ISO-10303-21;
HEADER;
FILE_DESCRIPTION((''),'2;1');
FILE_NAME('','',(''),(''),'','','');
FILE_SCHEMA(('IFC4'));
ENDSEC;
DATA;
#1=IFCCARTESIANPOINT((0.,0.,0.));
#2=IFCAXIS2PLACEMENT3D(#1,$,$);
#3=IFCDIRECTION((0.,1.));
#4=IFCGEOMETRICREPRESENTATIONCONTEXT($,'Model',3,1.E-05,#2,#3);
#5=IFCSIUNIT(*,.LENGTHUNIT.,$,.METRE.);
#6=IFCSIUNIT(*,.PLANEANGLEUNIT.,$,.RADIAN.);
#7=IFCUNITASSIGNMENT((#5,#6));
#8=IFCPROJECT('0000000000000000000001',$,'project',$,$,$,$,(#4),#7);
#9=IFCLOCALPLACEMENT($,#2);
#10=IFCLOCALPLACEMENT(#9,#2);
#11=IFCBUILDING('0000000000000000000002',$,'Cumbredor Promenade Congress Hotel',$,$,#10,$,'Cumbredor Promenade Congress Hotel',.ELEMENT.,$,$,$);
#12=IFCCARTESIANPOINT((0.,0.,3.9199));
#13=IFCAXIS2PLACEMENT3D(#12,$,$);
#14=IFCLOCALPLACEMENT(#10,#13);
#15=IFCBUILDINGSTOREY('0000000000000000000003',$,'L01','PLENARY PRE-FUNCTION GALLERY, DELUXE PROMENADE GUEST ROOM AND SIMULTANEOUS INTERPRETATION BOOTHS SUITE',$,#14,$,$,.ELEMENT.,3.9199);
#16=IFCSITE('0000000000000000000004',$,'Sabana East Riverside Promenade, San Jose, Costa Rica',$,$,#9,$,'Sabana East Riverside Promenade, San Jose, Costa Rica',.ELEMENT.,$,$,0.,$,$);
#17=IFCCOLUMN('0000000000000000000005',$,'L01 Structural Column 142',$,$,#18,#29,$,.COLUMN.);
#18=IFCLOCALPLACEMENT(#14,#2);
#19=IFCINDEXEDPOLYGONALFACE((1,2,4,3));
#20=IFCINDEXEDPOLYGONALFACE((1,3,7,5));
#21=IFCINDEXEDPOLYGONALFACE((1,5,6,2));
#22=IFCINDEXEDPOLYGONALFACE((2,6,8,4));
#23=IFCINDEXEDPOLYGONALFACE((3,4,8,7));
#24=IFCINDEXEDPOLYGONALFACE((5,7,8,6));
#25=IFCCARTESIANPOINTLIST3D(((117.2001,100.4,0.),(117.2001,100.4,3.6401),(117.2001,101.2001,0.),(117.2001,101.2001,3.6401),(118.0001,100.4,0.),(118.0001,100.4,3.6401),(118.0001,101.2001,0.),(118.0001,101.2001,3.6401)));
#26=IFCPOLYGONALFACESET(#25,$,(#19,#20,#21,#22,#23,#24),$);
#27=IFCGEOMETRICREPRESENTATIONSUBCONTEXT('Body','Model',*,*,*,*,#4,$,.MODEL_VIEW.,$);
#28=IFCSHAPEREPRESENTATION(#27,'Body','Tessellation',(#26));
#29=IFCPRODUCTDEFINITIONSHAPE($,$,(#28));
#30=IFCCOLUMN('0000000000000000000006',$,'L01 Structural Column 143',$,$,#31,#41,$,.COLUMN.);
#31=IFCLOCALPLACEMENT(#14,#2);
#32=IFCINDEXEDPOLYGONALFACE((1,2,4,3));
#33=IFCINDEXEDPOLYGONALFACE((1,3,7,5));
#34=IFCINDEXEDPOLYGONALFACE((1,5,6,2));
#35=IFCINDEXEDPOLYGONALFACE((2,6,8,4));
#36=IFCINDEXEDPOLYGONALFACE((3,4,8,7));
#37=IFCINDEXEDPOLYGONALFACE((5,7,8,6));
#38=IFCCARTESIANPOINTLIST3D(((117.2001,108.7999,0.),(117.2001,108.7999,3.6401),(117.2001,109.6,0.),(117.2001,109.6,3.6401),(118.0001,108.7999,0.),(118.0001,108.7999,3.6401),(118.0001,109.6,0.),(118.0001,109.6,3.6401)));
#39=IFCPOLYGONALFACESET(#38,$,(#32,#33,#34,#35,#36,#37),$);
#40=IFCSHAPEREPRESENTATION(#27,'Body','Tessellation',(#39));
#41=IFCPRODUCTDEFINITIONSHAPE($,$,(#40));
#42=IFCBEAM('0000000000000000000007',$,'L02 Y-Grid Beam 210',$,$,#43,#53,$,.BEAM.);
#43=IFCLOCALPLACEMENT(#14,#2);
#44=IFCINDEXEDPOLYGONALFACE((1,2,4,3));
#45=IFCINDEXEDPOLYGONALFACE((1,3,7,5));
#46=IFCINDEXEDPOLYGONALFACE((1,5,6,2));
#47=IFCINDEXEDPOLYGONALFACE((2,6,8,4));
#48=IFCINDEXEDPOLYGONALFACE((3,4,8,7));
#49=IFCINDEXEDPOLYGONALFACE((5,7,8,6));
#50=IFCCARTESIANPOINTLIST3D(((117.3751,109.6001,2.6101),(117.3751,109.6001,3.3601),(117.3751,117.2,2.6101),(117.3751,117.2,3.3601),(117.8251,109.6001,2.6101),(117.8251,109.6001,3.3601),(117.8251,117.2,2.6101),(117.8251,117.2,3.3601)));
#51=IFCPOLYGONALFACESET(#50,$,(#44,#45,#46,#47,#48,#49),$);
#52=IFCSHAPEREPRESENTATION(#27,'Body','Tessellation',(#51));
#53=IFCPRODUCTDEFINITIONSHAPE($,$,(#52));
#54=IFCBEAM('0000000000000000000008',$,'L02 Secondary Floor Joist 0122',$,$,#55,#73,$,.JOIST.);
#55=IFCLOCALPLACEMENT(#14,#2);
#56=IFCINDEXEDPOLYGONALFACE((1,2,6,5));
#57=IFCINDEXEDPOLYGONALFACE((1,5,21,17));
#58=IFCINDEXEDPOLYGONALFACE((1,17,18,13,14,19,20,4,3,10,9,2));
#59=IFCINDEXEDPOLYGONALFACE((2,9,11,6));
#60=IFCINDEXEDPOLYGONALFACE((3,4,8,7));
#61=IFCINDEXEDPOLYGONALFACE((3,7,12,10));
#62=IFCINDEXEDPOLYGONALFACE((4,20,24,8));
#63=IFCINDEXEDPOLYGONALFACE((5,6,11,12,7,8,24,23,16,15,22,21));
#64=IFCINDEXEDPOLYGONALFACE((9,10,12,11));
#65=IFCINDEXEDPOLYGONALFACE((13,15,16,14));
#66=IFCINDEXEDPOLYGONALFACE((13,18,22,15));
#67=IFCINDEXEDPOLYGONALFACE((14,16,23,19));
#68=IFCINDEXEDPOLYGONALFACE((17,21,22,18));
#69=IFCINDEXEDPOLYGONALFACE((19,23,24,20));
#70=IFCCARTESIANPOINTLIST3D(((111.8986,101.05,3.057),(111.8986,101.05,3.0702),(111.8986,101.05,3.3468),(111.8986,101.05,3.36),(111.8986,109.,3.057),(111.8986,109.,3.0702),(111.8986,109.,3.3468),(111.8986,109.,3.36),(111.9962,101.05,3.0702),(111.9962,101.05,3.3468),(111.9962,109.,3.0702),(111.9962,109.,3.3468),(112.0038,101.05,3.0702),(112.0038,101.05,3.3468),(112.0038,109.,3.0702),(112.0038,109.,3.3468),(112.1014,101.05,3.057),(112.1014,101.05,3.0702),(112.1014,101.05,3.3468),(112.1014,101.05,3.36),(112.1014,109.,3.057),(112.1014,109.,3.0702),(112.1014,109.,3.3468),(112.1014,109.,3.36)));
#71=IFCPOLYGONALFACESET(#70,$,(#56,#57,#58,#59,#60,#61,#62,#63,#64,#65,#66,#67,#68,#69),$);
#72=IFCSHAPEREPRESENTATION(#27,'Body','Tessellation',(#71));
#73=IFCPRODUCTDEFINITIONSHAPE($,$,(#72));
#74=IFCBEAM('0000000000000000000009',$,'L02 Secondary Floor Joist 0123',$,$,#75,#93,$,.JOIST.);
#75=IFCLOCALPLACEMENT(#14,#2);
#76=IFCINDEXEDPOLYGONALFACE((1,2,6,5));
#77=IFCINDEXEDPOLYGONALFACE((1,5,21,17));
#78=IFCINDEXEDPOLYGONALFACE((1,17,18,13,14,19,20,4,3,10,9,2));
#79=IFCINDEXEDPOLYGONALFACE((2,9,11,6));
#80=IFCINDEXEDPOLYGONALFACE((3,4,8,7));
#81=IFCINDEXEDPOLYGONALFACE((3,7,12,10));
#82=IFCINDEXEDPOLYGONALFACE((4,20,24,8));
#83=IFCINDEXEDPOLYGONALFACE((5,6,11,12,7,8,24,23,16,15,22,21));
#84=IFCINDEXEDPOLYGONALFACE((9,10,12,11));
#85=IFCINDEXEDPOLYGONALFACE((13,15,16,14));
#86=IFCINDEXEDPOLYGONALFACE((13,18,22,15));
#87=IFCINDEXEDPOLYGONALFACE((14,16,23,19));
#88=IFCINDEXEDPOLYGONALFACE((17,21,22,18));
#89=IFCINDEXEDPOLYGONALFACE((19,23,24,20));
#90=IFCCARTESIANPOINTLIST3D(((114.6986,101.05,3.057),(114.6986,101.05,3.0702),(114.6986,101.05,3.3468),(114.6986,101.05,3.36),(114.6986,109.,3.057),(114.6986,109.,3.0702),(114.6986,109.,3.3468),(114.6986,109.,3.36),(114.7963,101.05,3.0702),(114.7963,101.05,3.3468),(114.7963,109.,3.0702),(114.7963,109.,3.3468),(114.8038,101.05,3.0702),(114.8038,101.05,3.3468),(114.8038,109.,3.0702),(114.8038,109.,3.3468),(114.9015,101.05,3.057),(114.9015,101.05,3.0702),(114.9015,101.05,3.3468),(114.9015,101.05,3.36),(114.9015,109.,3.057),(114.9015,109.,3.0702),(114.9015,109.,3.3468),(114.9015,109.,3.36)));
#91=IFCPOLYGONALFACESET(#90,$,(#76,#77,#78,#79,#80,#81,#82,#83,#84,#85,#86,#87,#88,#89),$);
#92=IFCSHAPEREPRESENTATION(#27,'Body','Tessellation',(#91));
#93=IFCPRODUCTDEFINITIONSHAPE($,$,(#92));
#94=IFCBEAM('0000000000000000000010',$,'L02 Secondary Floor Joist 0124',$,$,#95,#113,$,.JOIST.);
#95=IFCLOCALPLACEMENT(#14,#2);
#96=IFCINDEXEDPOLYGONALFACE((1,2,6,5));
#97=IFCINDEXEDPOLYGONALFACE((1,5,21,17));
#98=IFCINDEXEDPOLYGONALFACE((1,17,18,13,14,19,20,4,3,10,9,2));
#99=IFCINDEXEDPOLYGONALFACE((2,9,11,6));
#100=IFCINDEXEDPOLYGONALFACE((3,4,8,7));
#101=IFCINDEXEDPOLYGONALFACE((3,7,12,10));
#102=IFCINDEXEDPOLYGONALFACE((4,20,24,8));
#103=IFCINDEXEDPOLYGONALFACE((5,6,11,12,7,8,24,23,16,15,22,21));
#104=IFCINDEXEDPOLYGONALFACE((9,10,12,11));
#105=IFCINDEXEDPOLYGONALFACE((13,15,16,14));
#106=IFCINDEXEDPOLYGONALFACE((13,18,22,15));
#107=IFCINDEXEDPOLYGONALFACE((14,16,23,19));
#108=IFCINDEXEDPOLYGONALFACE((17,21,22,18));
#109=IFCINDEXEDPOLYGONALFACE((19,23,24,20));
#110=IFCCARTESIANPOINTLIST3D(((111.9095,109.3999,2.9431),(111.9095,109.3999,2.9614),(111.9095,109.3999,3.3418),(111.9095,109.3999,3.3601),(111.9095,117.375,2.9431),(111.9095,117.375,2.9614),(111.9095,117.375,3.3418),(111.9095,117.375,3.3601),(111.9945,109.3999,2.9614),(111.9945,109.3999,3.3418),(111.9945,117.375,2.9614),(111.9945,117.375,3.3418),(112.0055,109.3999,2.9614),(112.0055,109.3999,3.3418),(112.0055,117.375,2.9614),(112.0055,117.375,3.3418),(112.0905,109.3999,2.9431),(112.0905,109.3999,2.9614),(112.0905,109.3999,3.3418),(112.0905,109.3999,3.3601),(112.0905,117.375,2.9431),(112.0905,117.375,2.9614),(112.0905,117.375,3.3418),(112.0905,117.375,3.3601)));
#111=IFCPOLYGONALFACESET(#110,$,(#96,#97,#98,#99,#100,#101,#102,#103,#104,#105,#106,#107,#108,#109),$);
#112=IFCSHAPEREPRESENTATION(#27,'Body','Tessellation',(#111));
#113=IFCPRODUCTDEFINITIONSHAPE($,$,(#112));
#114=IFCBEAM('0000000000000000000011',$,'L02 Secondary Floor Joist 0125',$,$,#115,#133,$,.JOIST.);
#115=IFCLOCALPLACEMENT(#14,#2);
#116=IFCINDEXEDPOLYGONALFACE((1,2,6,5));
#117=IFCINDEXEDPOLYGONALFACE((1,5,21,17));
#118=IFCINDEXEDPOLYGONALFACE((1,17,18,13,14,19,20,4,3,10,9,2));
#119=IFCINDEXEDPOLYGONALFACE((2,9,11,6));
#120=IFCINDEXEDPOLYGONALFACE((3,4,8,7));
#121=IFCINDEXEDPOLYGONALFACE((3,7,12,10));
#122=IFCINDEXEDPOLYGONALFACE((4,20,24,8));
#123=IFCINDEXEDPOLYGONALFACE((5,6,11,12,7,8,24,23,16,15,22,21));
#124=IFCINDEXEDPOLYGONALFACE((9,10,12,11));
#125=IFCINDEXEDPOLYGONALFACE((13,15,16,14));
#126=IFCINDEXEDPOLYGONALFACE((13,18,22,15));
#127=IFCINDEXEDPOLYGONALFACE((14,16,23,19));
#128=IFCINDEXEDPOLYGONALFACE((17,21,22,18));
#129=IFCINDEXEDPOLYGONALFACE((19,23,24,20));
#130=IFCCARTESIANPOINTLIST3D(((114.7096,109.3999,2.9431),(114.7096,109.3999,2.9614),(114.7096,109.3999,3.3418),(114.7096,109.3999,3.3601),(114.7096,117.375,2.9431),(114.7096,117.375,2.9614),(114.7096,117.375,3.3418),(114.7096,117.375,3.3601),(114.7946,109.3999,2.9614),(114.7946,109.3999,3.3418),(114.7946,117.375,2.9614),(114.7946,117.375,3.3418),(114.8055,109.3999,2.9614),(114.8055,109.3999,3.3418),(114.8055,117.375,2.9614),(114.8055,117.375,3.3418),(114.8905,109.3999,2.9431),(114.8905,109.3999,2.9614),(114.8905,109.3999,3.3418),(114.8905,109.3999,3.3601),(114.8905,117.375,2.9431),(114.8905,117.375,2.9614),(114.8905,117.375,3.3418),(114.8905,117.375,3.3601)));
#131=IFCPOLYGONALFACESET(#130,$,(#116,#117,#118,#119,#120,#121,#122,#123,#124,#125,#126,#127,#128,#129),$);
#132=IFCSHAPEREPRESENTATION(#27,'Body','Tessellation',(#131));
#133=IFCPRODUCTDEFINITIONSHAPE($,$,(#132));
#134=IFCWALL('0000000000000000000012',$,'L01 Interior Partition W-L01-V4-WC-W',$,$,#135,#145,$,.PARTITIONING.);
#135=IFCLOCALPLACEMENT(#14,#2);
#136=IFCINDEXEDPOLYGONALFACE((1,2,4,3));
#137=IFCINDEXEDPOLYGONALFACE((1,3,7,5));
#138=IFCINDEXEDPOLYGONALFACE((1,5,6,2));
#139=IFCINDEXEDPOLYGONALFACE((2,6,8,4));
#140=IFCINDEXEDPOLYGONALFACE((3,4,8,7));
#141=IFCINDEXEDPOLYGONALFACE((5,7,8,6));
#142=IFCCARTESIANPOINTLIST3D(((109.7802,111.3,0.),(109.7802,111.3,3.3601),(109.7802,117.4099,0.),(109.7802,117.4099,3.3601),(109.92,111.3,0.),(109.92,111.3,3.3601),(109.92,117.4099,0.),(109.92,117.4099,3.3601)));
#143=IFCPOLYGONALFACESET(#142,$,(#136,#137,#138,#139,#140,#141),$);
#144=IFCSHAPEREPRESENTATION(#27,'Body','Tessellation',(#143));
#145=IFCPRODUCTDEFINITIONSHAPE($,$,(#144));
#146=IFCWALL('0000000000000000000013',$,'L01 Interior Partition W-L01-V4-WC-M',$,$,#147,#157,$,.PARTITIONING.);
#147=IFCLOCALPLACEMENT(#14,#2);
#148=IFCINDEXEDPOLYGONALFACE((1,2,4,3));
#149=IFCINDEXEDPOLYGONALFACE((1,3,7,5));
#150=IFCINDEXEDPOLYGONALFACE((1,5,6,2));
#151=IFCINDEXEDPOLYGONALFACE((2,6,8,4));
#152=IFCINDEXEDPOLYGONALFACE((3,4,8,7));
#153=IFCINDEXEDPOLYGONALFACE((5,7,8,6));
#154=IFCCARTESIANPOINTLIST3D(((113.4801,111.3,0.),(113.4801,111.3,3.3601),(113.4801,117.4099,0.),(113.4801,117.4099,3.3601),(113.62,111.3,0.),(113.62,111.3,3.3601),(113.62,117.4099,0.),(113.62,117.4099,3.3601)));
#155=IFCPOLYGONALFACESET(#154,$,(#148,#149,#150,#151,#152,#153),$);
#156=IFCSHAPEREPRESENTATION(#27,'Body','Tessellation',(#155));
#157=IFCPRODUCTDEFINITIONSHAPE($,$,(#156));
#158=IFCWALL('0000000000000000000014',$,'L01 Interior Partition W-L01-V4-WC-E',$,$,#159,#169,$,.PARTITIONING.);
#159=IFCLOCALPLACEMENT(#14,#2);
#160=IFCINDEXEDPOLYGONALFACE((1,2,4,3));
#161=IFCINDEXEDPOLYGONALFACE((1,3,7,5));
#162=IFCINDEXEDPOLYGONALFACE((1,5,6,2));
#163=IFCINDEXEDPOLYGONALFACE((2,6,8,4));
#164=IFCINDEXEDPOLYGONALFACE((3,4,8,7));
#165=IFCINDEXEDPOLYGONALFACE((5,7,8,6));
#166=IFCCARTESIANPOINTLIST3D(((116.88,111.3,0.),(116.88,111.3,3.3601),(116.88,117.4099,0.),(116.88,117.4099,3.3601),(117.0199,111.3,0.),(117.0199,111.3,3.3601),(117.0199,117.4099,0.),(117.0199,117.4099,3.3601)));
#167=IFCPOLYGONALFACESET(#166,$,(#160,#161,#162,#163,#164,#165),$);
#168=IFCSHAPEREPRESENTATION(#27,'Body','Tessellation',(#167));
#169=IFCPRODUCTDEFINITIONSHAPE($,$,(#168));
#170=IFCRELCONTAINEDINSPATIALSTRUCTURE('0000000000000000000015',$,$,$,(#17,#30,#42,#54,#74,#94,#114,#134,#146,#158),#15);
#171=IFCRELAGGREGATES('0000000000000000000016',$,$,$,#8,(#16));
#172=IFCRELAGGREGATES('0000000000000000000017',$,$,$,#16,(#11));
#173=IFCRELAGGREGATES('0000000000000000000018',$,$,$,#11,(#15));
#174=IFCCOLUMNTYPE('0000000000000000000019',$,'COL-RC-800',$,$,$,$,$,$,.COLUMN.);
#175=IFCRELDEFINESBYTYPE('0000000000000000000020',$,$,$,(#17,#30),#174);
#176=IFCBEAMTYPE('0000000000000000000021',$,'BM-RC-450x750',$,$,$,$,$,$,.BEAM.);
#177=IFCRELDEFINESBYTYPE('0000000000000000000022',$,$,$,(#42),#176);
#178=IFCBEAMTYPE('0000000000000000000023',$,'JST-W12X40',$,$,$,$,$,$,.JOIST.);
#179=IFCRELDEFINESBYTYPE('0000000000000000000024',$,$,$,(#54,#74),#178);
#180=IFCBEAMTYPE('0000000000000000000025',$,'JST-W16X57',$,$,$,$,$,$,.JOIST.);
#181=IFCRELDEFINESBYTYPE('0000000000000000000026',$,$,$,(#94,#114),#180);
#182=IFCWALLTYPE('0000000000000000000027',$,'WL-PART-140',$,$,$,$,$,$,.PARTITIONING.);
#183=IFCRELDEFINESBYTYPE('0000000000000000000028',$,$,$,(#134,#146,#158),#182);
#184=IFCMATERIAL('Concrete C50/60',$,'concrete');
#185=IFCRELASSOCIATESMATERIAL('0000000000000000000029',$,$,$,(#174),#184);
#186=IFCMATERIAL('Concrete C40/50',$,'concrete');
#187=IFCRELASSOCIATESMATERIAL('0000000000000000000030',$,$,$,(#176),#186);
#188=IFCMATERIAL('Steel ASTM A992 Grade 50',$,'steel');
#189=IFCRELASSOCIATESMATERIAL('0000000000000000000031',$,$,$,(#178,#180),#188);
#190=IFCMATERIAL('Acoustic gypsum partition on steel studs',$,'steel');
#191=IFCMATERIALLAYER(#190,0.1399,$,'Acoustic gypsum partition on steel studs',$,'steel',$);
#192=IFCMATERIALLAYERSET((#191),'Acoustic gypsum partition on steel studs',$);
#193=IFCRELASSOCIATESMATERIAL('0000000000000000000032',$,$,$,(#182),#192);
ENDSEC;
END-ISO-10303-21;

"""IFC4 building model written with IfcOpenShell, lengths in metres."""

from ifc_helpers import new_model, si_unit, direction, frame, frame_2d, origin, origin_2d, place, context, subcontext, project, spatial, rectangle, i_section, extrude, material, layer, layer_set, material_profile, profile_set, type_object, element, save


model = new_model("IFC4")

# Units and contexts
model_context = context("Model", 3, precision=1e-05, world=origin(), true_north=direction((0.0, 1.0)))
body_context = subcontext(model_context, "Body", "Model", "MODEL_VIEW")
ifc_project = project(units=[si_unit("LENGTHUNIT", "METRE"), si_unit("PLANEANGLEUNIT", "RADIAN")], contexts=[model_context])

# Site, building, storey
site_placement = place(None, origin())
site = spatial("IfcSite", under=ifc_project, at=site_placement, Name="Sabana East Riverside Promenade, San Jose, Costa Rica", LongName="Sabana East Riverside Promenade, San Jose, Costa Rica", CompositionType="ELEMENT", RefElevation=0.0)
building_placement = place(site_placement, origin())
building = spatial("IfcBuilding", under=site, at=building_placement, Name="Cumbredor Promenade Congress Hotel", LongName="Cumbredor Promenade Congress Hotel", CompositionType="ELEMENT")
storey_placement = place(building_placement, frame((0.0, 0.0, 3.9199)))
storey = spatial("IfcBuildingStorey", under=building, at=storey_placement, Name="L01", Description="PLENARY PRE-FUNCTION GALLERY, DELUXE PROMENADE GUEST ROOM AND SIMULTANEOUS INTERPRETATION BOOTHS SUITE", CompositionType="ELEMENT", Elevation=3.9199)

# Columns
ifc_material_1 = material(Name="Concrete C50/60", Category="concrete")
ifc_material_profile_1 = material_profile(ifc_material_1, rectangle(XDim=0.8, YDim=0.8, at=origin_2d()), Name="RC 800x800")
ifc_profile_set_1 = profile_set([ifc_material_profile_1], Name="Concrete C50/60")
column_type = type_object("IfcColumnType", Name="COL-RC-800", PredefinedType="COLUMN", material=ifc_profile_set_1)
for number, where, z_axis, x_axis, name in (
    (1, (117.6001, 100.8, 0.0), (0.0, 0.0, 1.0), (1.0, 0.0, 0.0), "L01 Structural Column 142"),
    (2, (117.6001, 109.2, 0.0), (0.0, 0.0, 1.0), (1.0, 0.0, 0.0), "L01 Structural Column 143"),
):
    element("IfcColumn", number, at=place(storey_placement, frame(where, z_axis=z_axis, x_axis=x_axis)), inside=storey, type_object=column_type, Name=name, PredefinedType="COLUMN", context=body_context, shape_type="SweptSolid", body=[
        extrude(rectangle(XDim=0.8, YDim=0.8, at=origin_2d()), origin(), (0.0, 0.0, 1.0), 3.6401),
    ])

# Beams
ifc_material_2 = material(Name="Concrete C40/50", Category="concrete")
ifc_material_profile_2 = material_profile(ifc_material_2, rectangle(XDim=0.45, YDim=0.75, at=origin_2d()), Name="RC BEAM 450x750")
ifc_profile_set_2 = profile_set([ifc_material_profile_2], Name="Concrete C40/50")
beam_type_1 = type_object("IfcBeamType", Name="BM-RC-450x750", PredefinedType="BEAM", material=ifc_profile_set_2)
beam_placement = place(storey_placement, frame((117.6001, 109.6001, 2.9851), z_axis=(0.0, 1.0, 0.0), x_axis=(-1.0, 0.0, 0.0)))
element("IfcBeam", 3, at=beam_placement, inside=storey, type_object=beam_type_1, Name="L02 Y-Grid Beam 210", PredefinedType="BEAM", context=body_context, shape_type="SweptSolid", body=[
    extrude(rectangle(XDim=0.45, YDim=0.75, at=origin_2d()), origin(), (0.0, 0.0, 1.0), 7.5999),
])
ifc_material_3 = material(Name="Steel ASTM A992 Grade 50", Category="steel")
ifc_material_profile_3 = material_profile(ifc_material_3, i_section(OverallWidth=0.2029, OverallDepth=0.303, WebThickness=0.0076, FlangeThickness=0.0132, at=origin_2d()), Name="W12X40")
ifc_profile_set_3 = profile_set([ifc_material_profile_3], Name="Steel ASTM A992 Grade 50")
beam_type_2 = type_object("IfcBeamType", Name="JST-W12X40", PredefinedType="JOIST", material=ifc_profile_set_3)
for number, where, z_axis, x_axis, name in (
    (4, (112.0, 101.05, 3.2085), (0.0, 1.0, 0.0), (-1.0, 0.0, 0.0), "L02 Secondary Floor Joist 0122"),
    (5, (114.8, 101.05, 3.2085), (0.0, 1.0, 0.0), (-1.0, 0.0, 0.0), "L02 Secondary Floor Joist 0123"),
):
    element("IfcBeam", number, at=place(storey_placement, frame(where, z_axis=z_axis, x_axis=x_axis)), inside=storey, type_object=beam_type_2, Name=name, PredefinedType="JOIST", context=body_context, shape_type="SweptSolid", body=[
        extrude(i_section(OverallWidth=0.2029, OverallDepth=0.303, WebThickness=0.0076, FlangeThickness=0.0132, at=origin_2d()), origin(), (0.0, 0.0, 1.0), 7.95),
    ])
ifc_material_profile_4 = material_profile(ifc_material_3, i_section(OverallWidth=0.1809, OverallDepth=0.417, WebThickness=0.011, FlangeThickness=0.0183, at=origin_2d()), Name="W16X57")
ifc_profile_set_4 = profile_set([ifc_material_profile_4], Name="Steel ASTM A992 Grade 50")
beam_type_3 = type_object("IfcBeamType", Name="JST-W16X57", PredefinedType="JOIST", material=ifc_profile_set_4)
for number, where, z_axis, x_axis, name in (
    (6, (112.0, 109.3999, 3.1516), (0.0, 1.0, 0.0), (-1.0, 0.0, 0.0), "L02 Secondary Floor Joist 0124"),
    (7, (114.8, 109.3999, 3.1516), (0.0, 1.0, 0.0), (-1.0, 0.0, 0.0), "L02 Secondary Floor Joist 0125"),
):
    element("IfcBeam", number, at=place(storey_placement, frame(where, z_axis=z_axis, x_axis=x_axis)), inside=storey, type_object=beam_type_3, Name=name, PredefinedType="JOIST", context=body_context, shape_type="SweptSolid", body=[
        extrude(i_section(OverallWidth=0.1809, OverallDepth=0.417, WebThickness=0.011, FlangeThickness=0.0183, at=origin_2d()), origin(), (0.0, 0.0, 1.0), 7.9751),
    ])

# Walls
ifc_material_4 = material(Name="Acoustic gypsum partition on steel studs", Category="steel")
ifc_layer_1 = layer(ifc_material_4, 0.1399, Name="Acoustic gypsum partition on steel studs", Category="steel")
ifc_layer_set_1 = layer_set([ifc_layer_1], Name="Acoustic gypsum partition on steel studs")
wall_type_1 = type_object("IfcWallType", Name="WL-PART-140", PredefinedType="PARTITIONING", material=ifc_layer_set_1)
for number, where, z_axis, x_axis, name in (
    (8, (109.8501, 111.3, 0.0), (0.0, 0.0, 1.0), (0.0, 1.0, 0.0), "L01 Interior Partition W-L01-V4-WC-W"),
    (9, (113.55, 111.3, 0.0), (0.0, 0.0, 1.0), (0.0, 1.0, 0.0), "L01 Interior Partition W-L01-V4-WC-M"),
    (10, (116.95, 111.3, 0.0), (0.0, 0.0, 1.0), (0.0, 1.0, 0.0), "L01 Interior Partition W-L01-V4-WC-E"),
):
    element("IfcWall", number, at=place(storey_placement, frame(where, z_axis=z_axis, x_axis=x_axis)), inside=storey, type_object=wall_type_1, Name=name, PredefinedType="PARTITIONING", context=body_context, shape_type="SweptSolid", body=[
        extrude(rectangle(XDim=6.1099, YDim=0.1399, at=frame_2d((3.0549, 0.0))), origin(), (0.0, 0.0, 1.0), 3.3601),
    ])

save(model, "model.ifc")
